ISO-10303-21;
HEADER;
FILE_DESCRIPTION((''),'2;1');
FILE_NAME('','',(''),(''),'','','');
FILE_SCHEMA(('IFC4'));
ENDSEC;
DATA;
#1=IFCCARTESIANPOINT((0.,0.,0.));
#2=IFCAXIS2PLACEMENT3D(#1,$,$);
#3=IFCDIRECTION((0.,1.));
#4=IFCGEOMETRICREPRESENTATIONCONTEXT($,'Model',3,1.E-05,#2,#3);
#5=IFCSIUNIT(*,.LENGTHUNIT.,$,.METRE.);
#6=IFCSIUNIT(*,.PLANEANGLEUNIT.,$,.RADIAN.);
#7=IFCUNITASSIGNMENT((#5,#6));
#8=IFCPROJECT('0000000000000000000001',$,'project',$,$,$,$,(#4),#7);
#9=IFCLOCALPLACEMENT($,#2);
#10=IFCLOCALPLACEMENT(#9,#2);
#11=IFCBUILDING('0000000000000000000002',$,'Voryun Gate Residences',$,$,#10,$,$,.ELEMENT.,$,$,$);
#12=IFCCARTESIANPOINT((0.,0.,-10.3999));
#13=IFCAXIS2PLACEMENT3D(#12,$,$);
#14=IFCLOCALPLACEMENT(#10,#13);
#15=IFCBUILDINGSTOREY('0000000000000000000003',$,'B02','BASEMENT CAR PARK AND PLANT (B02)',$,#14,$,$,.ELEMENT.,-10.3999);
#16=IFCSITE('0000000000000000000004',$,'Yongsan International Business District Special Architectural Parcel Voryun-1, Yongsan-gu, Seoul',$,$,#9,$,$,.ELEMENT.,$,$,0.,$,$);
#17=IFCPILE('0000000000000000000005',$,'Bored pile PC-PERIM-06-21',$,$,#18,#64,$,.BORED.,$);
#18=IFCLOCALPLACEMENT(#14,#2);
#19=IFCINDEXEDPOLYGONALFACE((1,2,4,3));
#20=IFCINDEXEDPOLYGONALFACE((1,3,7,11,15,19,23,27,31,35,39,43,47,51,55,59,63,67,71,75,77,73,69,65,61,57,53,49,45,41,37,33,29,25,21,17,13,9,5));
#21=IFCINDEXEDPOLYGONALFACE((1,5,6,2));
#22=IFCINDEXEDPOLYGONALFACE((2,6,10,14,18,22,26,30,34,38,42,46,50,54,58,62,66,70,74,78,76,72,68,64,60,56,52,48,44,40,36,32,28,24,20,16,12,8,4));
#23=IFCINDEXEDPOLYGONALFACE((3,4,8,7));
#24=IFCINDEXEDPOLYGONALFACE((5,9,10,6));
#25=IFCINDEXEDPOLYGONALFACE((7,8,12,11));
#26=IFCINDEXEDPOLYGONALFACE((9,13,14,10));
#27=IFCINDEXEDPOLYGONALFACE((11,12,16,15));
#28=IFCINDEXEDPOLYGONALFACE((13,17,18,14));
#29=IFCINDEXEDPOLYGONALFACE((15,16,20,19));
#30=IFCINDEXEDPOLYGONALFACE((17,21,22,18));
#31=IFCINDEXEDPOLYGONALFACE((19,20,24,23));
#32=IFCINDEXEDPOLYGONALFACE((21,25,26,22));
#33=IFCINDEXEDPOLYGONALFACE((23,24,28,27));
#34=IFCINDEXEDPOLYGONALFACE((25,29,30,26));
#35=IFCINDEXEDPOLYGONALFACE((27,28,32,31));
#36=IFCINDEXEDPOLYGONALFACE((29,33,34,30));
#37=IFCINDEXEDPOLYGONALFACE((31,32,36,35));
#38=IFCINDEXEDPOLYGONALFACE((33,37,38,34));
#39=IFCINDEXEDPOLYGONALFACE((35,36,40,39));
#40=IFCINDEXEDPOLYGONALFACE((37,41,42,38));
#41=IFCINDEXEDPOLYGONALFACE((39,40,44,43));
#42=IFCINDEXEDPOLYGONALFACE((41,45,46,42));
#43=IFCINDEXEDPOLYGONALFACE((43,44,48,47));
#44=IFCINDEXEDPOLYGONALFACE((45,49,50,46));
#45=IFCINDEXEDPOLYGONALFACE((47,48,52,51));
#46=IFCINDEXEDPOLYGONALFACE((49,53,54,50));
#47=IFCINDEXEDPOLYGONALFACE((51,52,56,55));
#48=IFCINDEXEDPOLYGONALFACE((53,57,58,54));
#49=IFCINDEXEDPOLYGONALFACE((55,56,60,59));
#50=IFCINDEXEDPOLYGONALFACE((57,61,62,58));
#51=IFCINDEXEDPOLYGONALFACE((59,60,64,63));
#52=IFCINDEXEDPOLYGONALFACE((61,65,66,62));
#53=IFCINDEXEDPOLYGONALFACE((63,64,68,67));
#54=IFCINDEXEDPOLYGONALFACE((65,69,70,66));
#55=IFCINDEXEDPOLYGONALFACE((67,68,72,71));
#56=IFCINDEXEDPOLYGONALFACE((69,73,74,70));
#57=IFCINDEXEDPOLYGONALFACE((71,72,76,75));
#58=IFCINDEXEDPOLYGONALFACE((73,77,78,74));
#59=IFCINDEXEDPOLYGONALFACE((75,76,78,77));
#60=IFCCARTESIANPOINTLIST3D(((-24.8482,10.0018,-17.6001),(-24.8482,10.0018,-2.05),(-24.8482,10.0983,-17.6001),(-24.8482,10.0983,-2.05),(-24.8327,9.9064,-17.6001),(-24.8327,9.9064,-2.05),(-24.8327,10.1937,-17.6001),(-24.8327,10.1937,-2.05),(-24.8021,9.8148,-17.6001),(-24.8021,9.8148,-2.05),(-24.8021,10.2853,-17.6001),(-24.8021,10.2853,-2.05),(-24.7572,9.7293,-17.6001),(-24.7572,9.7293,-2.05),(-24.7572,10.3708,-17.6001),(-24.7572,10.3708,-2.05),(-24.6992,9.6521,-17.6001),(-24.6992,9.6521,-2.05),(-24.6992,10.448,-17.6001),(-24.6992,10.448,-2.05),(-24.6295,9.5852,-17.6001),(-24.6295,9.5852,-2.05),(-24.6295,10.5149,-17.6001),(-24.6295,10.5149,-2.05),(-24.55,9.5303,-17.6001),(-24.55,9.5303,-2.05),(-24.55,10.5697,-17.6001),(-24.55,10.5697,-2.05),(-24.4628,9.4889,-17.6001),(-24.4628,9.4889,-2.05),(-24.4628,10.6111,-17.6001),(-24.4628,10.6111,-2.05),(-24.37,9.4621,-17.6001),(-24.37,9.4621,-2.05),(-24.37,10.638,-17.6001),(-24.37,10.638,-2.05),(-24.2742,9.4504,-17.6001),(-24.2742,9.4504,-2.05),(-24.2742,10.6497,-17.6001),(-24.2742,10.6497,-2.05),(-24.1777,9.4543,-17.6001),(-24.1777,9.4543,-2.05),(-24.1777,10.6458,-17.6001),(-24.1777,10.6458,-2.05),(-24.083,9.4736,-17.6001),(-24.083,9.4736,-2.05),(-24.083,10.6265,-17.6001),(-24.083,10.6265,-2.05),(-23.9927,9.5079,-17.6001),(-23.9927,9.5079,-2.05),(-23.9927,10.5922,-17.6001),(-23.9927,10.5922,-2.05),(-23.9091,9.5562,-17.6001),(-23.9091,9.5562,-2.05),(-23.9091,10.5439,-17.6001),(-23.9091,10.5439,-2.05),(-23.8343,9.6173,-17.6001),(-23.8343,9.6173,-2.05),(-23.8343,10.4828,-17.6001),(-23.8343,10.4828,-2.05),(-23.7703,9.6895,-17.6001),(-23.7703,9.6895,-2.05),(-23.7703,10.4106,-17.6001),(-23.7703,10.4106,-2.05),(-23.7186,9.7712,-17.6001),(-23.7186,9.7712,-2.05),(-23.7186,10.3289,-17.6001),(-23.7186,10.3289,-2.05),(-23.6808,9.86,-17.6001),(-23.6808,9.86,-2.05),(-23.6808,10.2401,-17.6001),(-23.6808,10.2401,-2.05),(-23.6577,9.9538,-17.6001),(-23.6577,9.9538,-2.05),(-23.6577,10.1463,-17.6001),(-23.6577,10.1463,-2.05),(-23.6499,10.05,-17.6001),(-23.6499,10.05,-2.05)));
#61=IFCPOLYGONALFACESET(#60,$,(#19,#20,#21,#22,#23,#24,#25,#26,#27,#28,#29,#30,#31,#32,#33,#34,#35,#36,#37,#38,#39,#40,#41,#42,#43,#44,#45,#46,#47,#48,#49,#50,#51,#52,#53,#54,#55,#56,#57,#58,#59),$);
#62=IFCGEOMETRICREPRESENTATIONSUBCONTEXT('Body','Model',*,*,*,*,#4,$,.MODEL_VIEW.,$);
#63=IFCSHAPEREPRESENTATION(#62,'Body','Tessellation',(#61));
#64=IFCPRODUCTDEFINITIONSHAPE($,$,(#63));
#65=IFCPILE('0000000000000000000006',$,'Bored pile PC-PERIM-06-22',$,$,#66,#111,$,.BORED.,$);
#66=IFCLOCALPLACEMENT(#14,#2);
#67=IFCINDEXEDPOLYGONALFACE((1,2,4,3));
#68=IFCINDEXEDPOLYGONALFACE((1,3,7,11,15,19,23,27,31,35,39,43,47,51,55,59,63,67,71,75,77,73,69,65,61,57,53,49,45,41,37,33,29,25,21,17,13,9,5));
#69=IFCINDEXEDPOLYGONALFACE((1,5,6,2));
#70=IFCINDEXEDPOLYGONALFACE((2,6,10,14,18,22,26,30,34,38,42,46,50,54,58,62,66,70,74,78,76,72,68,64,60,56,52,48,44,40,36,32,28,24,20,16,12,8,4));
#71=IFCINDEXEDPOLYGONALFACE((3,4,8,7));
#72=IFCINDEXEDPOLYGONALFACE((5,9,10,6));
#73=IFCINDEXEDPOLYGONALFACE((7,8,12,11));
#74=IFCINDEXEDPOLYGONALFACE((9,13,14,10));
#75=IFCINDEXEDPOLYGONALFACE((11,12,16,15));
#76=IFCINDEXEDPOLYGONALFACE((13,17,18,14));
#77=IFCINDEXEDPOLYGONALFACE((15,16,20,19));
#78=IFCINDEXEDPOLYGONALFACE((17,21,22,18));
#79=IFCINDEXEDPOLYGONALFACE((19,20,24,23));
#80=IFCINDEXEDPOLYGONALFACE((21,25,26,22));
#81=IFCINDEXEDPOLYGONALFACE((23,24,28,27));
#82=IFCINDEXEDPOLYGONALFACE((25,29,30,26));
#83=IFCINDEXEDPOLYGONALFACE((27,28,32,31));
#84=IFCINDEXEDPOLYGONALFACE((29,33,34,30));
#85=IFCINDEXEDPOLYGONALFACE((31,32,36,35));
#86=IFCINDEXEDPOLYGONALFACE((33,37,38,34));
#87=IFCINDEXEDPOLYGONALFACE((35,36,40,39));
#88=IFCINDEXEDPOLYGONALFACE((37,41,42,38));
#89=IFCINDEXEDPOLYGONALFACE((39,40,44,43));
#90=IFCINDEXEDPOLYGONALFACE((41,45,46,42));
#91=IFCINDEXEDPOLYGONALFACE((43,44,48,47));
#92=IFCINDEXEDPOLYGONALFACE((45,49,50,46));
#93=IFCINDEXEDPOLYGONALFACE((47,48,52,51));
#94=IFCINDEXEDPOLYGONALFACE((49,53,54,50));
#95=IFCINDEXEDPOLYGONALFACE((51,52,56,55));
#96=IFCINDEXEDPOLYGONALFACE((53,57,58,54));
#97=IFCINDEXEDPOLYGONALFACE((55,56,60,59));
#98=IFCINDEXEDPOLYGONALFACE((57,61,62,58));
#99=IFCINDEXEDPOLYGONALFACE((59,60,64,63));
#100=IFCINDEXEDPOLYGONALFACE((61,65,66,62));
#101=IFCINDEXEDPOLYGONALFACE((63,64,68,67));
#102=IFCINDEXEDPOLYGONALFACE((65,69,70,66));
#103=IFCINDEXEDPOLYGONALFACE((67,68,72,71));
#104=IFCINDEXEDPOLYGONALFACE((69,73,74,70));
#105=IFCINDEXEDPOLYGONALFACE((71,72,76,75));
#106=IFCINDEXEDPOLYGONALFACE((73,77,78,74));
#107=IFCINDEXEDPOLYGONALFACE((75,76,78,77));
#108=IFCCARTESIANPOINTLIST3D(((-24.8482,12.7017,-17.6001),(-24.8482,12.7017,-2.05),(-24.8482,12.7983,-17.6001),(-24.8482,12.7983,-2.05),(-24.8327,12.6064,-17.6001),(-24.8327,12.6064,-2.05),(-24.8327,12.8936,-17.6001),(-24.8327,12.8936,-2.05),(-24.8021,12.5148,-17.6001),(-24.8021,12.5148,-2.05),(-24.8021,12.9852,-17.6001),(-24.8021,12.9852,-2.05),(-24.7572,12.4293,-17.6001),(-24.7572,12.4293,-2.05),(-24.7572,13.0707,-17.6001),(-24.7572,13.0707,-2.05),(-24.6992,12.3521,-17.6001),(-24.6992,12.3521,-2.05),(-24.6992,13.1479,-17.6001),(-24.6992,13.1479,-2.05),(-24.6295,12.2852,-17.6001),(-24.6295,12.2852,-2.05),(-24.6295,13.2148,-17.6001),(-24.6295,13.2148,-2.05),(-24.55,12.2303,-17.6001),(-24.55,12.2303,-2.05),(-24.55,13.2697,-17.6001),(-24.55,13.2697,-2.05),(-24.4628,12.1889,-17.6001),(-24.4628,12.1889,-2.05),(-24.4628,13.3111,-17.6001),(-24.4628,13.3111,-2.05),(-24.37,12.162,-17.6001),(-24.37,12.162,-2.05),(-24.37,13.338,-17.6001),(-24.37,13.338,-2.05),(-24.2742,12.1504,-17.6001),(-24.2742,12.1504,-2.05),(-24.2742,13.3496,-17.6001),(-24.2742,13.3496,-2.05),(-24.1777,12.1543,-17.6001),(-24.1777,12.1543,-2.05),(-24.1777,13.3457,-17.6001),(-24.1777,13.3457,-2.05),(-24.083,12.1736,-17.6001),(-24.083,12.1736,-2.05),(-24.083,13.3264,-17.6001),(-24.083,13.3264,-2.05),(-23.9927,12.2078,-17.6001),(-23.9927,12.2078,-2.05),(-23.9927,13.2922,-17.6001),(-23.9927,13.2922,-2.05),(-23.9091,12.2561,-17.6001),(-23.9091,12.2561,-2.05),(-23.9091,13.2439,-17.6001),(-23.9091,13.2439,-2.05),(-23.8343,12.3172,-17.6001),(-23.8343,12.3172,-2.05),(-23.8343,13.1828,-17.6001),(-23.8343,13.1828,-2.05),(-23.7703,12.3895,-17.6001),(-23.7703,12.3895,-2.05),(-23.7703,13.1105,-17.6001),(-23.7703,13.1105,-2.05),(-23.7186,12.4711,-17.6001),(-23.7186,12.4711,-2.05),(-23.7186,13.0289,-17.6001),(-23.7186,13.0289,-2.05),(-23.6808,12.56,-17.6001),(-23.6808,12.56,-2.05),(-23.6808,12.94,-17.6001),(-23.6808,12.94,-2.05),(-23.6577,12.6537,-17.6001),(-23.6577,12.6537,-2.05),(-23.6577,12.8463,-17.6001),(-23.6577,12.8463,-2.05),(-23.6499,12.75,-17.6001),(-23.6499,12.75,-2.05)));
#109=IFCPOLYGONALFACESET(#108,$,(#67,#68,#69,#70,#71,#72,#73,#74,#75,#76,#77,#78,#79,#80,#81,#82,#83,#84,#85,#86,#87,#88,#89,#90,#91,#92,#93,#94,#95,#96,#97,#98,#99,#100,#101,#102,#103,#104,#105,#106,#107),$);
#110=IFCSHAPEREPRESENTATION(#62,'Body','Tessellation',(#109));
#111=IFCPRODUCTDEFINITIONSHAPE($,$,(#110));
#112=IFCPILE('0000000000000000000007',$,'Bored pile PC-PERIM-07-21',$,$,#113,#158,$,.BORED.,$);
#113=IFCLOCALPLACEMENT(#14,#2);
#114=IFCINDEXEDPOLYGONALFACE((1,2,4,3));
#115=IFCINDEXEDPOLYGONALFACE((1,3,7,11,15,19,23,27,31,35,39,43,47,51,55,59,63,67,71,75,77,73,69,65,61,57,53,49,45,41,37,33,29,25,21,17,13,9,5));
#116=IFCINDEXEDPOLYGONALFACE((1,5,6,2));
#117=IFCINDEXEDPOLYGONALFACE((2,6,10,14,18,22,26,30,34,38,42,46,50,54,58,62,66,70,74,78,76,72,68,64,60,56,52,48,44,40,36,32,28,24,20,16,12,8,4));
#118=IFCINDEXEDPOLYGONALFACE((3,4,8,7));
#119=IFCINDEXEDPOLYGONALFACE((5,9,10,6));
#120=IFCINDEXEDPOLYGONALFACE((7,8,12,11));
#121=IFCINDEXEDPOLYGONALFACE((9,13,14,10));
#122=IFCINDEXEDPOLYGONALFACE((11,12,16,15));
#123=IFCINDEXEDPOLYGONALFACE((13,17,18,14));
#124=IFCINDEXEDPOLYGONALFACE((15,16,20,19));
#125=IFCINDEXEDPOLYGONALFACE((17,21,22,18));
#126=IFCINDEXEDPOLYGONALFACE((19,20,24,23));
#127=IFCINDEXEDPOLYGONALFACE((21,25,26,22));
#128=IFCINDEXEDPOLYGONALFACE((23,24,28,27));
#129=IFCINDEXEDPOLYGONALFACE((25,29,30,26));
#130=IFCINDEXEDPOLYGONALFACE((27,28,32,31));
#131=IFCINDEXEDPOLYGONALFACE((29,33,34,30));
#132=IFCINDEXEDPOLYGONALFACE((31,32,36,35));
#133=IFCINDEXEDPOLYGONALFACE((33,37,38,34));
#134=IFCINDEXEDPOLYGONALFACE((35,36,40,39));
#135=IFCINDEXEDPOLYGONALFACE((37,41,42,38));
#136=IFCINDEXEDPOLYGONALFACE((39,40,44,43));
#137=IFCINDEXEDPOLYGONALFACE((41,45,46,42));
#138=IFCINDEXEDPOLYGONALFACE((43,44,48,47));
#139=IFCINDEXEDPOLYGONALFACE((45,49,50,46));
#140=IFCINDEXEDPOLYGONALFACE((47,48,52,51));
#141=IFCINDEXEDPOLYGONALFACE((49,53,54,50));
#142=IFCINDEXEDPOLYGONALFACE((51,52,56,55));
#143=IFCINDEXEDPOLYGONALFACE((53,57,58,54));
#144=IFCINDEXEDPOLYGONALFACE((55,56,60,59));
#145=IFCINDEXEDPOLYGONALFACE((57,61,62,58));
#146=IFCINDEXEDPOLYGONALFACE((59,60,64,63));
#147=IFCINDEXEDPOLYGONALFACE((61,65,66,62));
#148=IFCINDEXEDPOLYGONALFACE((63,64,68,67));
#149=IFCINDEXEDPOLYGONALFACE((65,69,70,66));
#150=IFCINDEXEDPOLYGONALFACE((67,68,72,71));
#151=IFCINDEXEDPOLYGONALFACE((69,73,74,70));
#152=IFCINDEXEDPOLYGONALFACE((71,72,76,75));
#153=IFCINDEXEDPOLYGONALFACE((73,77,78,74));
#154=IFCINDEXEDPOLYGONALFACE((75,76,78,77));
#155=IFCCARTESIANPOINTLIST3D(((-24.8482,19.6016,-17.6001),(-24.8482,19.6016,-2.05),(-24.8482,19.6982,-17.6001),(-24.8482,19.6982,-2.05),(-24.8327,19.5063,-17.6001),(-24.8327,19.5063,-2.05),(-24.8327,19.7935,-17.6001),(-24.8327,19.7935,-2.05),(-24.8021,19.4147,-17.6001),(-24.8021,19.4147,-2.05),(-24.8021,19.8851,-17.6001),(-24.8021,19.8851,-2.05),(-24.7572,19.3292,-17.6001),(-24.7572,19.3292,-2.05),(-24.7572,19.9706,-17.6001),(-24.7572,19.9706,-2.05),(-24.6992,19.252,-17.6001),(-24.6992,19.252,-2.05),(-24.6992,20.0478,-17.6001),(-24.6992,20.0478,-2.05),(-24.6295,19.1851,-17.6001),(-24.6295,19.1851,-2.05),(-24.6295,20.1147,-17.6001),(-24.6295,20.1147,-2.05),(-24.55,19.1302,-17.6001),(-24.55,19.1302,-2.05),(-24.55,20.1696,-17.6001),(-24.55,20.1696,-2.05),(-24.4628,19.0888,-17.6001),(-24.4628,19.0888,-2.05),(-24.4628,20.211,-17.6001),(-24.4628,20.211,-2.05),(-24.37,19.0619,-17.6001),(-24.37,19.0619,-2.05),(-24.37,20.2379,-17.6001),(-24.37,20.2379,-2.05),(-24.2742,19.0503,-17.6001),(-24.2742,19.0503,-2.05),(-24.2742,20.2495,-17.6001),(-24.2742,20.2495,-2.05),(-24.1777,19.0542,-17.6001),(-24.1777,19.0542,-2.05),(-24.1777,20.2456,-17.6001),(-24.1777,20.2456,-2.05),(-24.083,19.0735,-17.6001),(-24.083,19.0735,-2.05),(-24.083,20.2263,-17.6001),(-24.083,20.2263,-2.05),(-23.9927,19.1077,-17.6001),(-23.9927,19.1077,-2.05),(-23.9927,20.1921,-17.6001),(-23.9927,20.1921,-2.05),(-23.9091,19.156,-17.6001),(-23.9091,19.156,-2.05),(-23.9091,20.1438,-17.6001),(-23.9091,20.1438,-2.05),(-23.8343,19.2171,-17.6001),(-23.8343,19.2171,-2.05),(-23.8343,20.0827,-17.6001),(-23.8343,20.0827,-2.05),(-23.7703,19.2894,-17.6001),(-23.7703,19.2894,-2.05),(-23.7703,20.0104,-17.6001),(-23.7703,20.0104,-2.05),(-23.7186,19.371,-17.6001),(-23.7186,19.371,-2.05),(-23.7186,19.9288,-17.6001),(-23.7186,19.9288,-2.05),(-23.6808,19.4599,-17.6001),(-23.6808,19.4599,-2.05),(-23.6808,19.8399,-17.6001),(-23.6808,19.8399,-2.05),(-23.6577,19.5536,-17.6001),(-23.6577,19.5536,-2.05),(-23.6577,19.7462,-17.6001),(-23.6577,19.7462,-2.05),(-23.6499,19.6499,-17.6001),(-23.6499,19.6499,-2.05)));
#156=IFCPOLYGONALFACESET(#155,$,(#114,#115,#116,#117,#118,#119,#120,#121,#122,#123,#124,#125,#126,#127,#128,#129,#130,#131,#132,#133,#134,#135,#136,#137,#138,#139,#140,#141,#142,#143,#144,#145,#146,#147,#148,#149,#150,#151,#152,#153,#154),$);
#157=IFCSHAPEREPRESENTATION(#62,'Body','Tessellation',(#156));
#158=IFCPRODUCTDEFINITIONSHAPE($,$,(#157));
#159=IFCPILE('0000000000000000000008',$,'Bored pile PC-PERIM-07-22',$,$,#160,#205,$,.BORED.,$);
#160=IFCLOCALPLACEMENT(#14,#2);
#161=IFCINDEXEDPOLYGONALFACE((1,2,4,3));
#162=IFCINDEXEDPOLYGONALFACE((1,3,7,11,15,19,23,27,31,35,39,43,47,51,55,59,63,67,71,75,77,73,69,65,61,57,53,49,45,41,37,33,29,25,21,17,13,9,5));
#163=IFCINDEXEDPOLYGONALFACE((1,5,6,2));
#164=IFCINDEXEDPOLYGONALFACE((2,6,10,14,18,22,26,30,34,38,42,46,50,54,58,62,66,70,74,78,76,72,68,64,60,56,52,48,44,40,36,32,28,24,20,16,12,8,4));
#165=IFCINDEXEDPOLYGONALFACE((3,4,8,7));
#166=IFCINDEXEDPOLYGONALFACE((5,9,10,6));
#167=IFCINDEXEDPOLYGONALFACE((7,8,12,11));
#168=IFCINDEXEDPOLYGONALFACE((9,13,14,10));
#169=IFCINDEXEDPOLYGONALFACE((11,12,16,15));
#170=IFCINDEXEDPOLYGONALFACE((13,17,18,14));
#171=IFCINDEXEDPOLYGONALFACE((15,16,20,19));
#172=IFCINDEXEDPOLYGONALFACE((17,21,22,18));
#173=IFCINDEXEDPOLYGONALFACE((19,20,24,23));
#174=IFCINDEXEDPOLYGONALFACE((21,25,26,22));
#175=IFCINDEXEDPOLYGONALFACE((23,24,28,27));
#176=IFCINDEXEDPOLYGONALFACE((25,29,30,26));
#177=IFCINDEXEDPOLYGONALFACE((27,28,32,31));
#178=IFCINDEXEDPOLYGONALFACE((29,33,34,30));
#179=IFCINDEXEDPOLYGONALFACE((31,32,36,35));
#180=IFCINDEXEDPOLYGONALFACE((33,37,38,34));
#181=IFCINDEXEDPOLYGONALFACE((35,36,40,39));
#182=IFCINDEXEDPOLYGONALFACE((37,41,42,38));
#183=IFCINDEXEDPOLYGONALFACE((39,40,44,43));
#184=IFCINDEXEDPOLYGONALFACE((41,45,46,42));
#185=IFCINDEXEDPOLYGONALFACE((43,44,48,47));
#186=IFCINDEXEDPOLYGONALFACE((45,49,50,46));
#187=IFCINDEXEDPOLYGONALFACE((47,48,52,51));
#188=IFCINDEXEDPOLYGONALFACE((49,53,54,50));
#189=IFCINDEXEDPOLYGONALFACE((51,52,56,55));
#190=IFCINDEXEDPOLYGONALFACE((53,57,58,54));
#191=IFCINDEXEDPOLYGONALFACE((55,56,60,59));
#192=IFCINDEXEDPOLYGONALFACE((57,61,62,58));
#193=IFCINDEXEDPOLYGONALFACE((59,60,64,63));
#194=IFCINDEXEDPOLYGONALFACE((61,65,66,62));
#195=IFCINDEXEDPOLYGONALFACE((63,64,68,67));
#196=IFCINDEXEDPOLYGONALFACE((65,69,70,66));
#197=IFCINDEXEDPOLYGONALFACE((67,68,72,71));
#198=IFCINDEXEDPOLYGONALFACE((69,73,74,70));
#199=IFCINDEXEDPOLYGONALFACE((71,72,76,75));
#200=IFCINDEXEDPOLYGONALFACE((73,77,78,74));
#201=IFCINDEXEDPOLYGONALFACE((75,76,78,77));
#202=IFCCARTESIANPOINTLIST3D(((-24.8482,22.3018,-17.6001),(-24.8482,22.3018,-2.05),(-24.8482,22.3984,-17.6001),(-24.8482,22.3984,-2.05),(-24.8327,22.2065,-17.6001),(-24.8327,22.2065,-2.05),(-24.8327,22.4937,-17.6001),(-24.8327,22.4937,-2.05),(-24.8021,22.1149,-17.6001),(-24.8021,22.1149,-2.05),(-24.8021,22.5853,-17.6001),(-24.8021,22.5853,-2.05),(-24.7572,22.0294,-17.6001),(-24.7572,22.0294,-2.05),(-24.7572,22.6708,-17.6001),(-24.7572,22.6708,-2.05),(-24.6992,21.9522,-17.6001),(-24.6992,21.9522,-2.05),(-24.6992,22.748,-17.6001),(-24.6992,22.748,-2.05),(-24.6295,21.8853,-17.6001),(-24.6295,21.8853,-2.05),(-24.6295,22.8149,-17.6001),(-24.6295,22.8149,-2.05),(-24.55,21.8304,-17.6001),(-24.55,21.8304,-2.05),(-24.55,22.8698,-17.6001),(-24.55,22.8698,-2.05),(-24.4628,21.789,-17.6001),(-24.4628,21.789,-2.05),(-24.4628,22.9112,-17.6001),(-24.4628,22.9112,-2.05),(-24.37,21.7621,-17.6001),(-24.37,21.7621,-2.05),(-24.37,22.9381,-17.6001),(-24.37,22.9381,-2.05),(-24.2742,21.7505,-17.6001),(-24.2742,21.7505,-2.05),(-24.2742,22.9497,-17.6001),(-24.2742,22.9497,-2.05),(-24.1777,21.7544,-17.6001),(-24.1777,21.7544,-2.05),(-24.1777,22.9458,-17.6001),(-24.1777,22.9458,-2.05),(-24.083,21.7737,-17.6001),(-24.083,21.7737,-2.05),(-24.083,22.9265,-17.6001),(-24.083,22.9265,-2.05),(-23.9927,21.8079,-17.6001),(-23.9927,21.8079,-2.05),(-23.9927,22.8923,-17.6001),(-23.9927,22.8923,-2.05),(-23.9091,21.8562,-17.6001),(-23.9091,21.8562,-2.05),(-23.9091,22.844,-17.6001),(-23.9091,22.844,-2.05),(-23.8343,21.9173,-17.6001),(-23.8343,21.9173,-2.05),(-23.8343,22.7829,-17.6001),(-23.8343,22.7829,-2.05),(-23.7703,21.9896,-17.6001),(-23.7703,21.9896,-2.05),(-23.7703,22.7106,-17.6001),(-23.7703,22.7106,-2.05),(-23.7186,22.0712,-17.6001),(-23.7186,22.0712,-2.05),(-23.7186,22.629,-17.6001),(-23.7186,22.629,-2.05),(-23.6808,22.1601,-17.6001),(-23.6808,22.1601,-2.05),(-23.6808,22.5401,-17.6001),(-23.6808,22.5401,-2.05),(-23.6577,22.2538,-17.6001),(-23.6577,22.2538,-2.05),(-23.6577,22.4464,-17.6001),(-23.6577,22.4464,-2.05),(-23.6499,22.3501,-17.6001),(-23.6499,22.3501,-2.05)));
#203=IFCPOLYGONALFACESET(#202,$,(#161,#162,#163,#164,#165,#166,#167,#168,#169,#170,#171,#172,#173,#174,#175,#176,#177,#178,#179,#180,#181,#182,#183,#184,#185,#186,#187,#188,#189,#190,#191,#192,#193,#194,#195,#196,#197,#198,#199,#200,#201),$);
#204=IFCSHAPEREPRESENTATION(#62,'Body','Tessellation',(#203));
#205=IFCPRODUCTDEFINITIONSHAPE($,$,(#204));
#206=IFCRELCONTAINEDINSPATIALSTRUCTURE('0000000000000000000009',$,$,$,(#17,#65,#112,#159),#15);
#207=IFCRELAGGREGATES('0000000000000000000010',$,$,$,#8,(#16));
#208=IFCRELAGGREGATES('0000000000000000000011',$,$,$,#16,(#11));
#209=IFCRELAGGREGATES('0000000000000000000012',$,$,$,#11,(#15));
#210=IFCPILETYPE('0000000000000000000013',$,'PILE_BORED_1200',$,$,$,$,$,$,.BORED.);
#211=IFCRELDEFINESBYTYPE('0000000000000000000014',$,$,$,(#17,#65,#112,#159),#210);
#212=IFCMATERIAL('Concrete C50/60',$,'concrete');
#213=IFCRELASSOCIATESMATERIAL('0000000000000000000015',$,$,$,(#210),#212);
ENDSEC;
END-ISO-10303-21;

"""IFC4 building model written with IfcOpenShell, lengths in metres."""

from ifc_helpers import new_model, si_unit, direction, frame, origin, origin_2d, place, context, subcontext, project, spatial, circle, extrude, material, material_profile, profile_set, type_object, element, save


model = new_model("IFC4")

# Units and contexts
model_context = context("Model", 3, precision=1e-05, world=origin(), true_north=direction((0.0, 1.0)))
body_context = subcontext(model_context, "Body", "Model", "MODEL_VIEW")
ifc_project = project(units=[si_unit("LENGTHUNIT", "METRE"), si_unit("PLANEANGLEUNIT", "RADIAN")], contexts=[model_context])

# Site, building, storey
site_placement = place(None, origin())
site = spatial("IfcSite", under=ifc_project, at=site_placement, Name="Yongsan International Business District Special Architectural Parcel Voryun-1, Yongsan-gu, Seoul", CompositionType="ELEMENT", RefElevation=0.0)
building_placement = place(site_placement, origin())
building = spatial("IfcBuilding", under=site, at=building_placement, Name="Voryun Gate Residences", CompositionType="ELEMENT")
storey_placement = place(building_placement, frame((0.0, 0.0, -10.3999)))
storey = spatial("IfcBuildingStorey", under=building, at=storey_placement, Name="B02", Description="BASEMENT CAR PARK AND PLANT (B02)", CompositionType="ELEMENT", Elevation=-10.3999)

# Piles
ifc_material_1 = material(Name="Concrete C50/60", Category="concrete")
ifc_material_profile_1 = material_profile(ifc_material_1, circle(Radius=0.6001, at=origin_2d()), Name="PILE-D1200")
ifc_profile_set_1 = profile_set([ifc_material_profile_1], Name="Concrete C50/60")
pile_type_1 = type_object("IfcPileType", Name="PILE_BORED_1200", PredefinedType="BORED", material=ifc_profile_set_1)
for number, where, z_axis, x_axis, name in (
    (1, (-24.25, 10.05, -2.05), (0.0, 0.0, -1.0), (1.0, 0.0, 0.0), "Bored pile PC-PERIM-06-21"),
    (2, (-24.25, 12.75, -2.05), (0.0, 0.0, -1.0), (1.0, 0.0, 0.0), "Bored pile PC-PERIM-06-22"),
    (3, (-24.25, 19.6499, -2.05), (0.0, 0.0, -1.0), (1.0, 0.0, 0.0), "Bored pile PC-PERIM-07-21"),
    (4, (-24.25, 22.3501, -2.05), (0.0, 0.0, -1.0), (1.0, 0.0, 0.0), "Bored pile PC-PERIM-07-22"),
):
    element("IfcPile", number, at=place(storey_placement, frame(where, z_axis=z_axis, x_axis=x_axis)), inside=storey, type_object=pile_type_1, Name=name, PredefinedType="BORED", context=body_context, shape_type="SweptSolid", body=[
        extrude(circle(Radius=0.6001, at=origin_2d()), origin(), (0.0, 0.0, 1.0), 15.55),
    ])

save(model, "model.ifc")
